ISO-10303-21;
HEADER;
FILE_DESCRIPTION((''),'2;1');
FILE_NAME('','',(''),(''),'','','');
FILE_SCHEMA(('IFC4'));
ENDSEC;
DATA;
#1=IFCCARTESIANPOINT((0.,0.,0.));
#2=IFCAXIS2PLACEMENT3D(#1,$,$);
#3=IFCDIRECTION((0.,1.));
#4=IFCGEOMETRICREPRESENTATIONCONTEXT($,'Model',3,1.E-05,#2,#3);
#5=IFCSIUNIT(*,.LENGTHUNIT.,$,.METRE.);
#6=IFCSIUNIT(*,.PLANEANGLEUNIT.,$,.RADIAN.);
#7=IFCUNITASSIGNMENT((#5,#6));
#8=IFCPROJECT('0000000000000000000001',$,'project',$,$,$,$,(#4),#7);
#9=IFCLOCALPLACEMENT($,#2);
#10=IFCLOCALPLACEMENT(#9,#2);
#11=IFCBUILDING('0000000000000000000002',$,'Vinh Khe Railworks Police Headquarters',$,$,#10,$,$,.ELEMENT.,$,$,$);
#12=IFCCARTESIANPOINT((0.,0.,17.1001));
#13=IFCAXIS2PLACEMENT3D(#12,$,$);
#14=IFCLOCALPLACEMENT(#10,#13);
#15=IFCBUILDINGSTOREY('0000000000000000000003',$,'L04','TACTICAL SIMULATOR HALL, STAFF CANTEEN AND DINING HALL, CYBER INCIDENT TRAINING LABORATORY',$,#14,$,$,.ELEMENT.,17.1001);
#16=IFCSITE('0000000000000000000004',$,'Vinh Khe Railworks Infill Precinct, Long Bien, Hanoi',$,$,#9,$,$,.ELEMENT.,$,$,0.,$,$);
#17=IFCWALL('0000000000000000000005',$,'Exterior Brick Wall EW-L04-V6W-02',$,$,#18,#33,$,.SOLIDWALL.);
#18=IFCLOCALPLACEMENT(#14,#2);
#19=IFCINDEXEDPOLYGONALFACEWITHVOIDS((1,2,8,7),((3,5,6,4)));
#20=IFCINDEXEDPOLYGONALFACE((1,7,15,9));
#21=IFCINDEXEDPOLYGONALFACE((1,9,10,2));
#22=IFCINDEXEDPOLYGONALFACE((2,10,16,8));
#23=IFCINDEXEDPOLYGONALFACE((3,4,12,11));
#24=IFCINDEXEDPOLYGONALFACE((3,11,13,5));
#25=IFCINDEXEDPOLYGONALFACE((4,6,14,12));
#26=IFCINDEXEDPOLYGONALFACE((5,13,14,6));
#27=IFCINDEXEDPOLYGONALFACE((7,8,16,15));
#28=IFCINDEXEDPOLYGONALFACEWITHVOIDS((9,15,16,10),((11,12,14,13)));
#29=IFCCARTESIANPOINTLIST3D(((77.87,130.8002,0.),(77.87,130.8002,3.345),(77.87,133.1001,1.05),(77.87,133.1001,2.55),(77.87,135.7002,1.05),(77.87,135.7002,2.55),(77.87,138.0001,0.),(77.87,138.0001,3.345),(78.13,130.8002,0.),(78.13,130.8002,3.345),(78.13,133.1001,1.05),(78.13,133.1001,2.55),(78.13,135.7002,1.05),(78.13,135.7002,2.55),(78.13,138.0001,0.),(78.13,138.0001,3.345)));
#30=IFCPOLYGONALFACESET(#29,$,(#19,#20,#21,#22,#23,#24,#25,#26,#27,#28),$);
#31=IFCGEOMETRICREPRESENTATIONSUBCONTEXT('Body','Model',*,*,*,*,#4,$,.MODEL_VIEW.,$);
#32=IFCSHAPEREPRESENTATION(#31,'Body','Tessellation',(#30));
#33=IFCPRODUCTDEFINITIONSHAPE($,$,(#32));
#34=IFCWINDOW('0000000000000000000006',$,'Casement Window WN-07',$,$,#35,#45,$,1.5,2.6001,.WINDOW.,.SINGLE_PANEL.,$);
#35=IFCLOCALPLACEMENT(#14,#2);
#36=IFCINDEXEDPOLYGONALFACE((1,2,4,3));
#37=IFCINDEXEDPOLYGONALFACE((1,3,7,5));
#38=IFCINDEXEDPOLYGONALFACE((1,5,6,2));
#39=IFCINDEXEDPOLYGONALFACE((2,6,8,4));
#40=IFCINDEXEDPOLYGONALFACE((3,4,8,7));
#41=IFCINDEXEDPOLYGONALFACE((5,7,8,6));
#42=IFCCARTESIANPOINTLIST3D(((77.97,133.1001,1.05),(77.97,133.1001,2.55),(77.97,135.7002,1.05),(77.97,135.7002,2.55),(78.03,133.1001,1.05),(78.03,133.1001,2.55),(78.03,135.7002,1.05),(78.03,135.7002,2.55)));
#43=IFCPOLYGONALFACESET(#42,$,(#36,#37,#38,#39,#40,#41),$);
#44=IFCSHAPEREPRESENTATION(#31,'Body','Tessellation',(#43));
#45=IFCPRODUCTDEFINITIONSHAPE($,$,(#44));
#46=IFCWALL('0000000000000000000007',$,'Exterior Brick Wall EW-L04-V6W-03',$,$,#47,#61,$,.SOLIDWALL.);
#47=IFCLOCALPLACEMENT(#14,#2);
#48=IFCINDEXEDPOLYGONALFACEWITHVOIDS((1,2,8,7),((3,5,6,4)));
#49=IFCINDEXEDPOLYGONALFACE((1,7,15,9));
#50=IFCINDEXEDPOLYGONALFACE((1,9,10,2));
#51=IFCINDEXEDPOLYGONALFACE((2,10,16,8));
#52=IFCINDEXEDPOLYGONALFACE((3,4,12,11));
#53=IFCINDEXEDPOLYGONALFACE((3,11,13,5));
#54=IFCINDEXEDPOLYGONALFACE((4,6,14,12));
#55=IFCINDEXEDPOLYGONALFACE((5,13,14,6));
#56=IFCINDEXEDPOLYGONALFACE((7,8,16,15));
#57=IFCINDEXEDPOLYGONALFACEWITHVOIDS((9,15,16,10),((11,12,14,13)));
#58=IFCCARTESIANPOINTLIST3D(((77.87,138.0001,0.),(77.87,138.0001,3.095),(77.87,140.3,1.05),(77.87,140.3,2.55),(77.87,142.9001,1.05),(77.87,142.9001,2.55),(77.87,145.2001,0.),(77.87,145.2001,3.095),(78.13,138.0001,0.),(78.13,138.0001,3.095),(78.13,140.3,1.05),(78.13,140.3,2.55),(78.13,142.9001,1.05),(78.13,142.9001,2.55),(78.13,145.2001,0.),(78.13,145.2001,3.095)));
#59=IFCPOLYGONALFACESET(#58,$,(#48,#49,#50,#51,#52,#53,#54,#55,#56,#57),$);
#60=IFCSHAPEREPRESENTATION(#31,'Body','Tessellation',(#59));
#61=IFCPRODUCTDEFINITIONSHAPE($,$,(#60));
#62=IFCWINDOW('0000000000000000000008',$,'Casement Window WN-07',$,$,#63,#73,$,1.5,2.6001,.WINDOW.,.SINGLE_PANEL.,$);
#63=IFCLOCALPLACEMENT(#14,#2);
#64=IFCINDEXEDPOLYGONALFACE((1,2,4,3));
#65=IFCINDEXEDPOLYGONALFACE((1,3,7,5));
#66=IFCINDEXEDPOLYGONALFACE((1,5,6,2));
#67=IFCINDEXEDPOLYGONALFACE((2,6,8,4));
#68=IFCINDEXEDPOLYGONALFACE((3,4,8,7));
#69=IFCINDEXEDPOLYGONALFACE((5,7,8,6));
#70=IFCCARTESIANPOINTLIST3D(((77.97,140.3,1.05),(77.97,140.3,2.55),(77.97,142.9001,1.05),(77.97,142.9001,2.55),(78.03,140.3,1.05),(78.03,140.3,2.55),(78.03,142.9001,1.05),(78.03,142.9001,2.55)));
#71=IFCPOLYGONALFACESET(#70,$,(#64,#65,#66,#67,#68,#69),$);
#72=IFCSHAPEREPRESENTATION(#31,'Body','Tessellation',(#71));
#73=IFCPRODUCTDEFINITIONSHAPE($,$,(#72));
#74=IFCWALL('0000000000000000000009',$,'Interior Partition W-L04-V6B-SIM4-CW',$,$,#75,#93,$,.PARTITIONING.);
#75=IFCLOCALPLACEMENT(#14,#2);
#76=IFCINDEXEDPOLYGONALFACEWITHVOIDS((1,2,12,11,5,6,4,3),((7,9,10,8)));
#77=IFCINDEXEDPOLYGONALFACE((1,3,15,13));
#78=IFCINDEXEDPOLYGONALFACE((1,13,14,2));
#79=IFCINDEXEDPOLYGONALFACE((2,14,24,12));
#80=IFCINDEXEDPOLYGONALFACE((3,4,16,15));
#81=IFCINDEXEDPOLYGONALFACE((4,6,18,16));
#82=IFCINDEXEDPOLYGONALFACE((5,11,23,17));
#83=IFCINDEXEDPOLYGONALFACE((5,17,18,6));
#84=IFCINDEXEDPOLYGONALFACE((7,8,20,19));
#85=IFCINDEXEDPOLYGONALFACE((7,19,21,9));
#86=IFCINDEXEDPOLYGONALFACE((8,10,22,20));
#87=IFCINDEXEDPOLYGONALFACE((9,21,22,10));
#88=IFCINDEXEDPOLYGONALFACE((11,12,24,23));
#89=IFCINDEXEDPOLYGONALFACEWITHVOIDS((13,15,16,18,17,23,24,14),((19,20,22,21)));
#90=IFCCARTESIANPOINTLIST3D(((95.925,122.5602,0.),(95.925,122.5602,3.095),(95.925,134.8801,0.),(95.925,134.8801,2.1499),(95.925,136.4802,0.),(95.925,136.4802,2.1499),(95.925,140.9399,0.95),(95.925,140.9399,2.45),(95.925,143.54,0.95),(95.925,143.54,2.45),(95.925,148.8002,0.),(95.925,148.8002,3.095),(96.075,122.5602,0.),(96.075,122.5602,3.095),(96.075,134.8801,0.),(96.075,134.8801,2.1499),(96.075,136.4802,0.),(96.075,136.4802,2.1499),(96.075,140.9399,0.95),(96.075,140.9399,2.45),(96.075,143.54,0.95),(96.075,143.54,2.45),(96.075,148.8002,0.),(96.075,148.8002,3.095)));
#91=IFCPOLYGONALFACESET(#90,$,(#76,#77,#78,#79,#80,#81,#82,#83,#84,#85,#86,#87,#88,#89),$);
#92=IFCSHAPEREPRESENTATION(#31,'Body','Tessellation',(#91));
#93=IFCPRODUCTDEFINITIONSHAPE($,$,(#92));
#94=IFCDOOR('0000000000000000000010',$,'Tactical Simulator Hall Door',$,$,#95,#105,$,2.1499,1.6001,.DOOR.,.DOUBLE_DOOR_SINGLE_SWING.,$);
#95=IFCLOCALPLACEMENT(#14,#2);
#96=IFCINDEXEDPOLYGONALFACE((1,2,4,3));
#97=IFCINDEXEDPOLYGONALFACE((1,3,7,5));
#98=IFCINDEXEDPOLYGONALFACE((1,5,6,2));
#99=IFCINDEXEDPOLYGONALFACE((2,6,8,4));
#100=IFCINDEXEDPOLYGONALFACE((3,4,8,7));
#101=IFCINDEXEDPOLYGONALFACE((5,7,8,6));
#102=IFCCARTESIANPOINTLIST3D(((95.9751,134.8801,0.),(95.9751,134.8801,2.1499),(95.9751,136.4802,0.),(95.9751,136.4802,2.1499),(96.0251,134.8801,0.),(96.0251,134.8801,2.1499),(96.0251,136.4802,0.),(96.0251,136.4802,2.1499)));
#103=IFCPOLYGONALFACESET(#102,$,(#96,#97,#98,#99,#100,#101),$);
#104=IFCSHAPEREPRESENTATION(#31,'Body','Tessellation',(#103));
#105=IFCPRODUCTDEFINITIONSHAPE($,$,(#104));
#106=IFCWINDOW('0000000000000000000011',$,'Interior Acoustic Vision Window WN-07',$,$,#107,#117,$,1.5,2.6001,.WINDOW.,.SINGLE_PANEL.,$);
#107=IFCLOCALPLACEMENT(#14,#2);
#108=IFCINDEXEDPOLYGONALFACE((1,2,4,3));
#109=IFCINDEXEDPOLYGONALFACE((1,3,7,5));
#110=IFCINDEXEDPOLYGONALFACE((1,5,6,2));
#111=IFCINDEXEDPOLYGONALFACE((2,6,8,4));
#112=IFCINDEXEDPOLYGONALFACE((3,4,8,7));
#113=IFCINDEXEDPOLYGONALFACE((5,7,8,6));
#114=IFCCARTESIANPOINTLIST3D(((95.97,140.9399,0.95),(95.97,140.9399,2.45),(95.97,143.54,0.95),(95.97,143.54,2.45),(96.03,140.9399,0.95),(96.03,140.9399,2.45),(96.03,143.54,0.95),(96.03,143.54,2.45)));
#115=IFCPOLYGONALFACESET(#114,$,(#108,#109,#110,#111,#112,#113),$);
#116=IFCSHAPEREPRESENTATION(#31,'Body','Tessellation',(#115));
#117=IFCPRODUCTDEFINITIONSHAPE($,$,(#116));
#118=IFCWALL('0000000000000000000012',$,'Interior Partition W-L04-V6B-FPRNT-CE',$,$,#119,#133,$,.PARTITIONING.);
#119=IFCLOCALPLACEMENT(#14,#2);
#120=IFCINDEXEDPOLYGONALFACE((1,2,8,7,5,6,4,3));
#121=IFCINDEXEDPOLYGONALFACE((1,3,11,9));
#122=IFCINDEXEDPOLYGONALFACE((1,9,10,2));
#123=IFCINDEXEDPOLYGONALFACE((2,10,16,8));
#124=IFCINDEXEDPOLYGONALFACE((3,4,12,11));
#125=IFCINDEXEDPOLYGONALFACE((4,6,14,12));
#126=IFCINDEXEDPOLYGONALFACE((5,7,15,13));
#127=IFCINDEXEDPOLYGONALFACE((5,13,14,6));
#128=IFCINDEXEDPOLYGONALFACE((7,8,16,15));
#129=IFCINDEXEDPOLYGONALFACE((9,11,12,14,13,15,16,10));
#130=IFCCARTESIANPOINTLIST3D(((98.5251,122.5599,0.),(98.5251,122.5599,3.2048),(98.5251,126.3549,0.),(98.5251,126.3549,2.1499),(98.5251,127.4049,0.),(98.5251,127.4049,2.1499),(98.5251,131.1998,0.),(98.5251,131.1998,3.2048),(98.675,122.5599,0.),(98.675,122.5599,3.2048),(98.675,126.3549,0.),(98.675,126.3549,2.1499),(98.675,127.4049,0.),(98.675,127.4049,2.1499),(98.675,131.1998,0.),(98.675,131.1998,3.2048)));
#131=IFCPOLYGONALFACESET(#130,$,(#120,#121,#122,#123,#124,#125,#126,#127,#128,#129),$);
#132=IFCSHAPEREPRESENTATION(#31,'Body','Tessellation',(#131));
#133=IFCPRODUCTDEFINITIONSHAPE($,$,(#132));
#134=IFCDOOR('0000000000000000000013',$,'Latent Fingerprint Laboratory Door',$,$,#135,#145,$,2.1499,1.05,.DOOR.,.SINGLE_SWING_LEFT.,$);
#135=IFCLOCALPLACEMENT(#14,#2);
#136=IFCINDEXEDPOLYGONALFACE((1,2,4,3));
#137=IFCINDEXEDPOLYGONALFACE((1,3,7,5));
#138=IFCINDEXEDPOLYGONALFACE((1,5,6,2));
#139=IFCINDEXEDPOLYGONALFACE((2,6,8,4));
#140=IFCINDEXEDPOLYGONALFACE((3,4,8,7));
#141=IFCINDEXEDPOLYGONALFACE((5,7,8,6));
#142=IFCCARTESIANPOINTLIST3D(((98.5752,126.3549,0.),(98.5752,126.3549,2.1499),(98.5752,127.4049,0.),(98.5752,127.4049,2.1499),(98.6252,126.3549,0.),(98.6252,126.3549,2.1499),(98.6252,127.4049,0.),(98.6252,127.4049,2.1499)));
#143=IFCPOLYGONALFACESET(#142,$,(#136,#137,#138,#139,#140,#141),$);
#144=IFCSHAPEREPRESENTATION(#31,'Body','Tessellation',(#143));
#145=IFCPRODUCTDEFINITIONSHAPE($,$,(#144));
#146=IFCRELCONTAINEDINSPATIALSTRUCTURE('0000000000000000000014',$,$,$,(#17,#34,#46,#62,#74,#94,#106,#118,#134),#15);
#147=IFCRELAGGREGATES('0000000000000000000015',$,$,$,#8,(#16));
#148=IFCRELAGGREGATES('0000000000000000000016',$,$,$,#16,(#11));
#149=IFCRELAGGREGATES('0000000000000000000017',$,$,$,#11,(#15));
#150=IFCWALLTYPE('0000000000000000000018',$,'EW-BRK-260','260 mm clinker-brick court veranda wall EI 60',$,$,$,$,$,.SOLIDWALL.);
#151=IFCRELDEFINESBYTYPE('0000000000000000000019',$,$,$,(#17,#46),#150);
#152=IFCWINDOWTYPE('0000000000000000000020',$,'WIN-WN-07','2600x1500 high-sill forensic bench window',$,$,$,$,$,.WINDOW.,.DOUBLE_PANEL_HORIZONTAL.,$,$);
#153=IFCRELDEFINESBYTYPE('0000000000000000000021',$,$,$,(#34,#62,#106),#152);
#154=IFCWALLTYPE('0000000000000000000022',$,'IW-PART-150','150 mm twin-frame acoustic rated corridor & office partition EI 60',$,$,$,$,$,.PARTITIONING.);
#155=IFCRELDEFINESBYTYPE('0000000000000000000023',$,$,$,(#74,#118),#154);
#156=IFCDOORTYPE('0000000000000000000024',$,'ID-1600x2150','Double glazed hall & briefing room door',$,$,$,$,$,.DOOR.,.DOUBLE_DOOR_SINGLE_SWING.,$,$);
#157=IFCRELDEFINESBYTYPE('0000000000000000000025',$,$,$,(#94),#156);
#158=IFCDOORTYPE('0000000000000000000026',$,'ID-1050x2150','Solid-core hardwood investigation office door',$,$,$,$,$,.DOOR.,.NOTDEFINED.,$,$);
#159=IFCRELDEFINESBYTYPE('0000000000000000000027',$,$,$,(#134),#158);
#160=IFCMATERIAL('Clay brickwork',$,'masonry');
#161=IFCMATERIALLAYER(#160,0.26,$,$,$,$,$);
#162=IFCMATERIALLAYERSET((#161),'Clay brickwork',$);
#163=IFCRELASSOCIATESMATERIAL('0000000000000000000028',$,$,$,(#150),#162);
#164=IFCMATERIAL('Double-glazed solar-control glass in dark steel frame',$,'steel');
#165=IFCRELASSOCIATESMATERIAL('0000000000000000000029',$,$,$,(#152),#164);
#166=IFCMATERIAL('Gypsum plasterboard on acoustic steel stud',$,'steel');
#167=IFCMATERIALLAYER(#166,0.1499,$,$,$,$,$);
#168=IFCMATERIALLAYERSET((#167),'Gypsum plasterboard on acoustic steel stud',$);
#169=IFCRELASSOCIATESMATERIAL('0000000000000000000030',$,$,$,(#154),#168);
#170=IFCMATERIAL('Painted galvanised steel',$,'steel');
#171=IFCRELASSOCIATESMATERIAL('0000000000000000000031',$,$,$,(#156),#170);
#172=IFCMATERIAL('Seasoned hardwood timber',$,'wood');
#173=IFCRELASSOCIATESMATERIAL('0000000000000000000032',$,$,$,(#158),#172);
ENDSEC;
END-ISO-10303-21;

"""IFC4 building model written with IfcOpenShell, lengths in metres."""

from ifc_helpers import new_model, si_unit, direction, frame, frame_2d, origin, place, context, subcontext, project, spatial, rectangle, extrude, material, layer, layer_set, type_object, element, fill, save


model = new_model("IFC4")

# Units and contexts
model_context = context("Model", 3, precision=1e-05, world=origin(), true_north=direction((0.0, 1.0)))
body_context = subcontext(model_context, "Body", "Model", "MODEL_VIEW")
ifc_project = project(units=[si_unit("LENGTHUNIT", "METRE"), si_unit("PLANEANGLEUNIT", "RADIAN")], contexts=[model_context])

# Site, building, storey
site_placement = place(None, origin())
site = spatial("IfcSite", under=ifc_project, at=site_placement, Name="Vinh Khe Railworks Infill Precinct, Long Bien, Hanoi", CompositionType="ELEMENT", RefElevation=0.0)
building_placement = place(site_placement, origin())
building = spatial("IfcBuilding", under=site, at=building_placement, Name="Vinh Khe Railworks Police Headquarters", CompositionType="ELEMENT")
storey_placement = place(building_placement, frame((0.0, 0.0, 17.1001)))
storey = spatial("IfcBuildingStorey", under=building, at=storey_placement, Name="L04", Description="TACTICAL SIMULATOR HALL, STAFF CANTEEN AND DINING HALL, CYBER INCIDENT TRAINING LABORATORY", CompositionType="ELEMENT", Elevation=17.1001)

# Walls, openings, windows
ifc_material_1 = material(Name="Clay brickwork", Category="masonry")
ifc_layer_1 = layer(ifc_material_1, 0.26)
ifc_layer_set_1 = layer_set([ifc_layer_1], Name="Clay brickwork")
wall_type_1 = type_object("IfcWallType", Name="EW-BRK-260", Description="260 mm clinker-brick court veranda wall EI 60", PredefinedType="SOLIDWALL", material=ifc_layer_set_1)
wall_1_placement = place(storey_placement, frame((78.0, 130.8, 0.0), z_axis=(0.0, 0.0, 1.0), x_axis=(0.0, 1.0, 0.0)))
wall_1 = element("IfcWall", 1, at=wall_1_placement, inside=storey, type_object=wall_type_1, Name="Exterior Brick Wall EW-L04-V6W-02", PredefinedType="SOLIDWALL", context=body_context, shape_type="SweptSolid", body=[
    extrude(rectangle(XDim=7.2, YDim=0.26, at=frame_2d((3.6001, 0.0))), origin(), (0.0, 0.0, 1.0), 3.345),
])
opening_1_placement = place(wall_1_placement, frame((2.3, 0.0, 1.05)))
opening_1 = element("IfcOpeningElement", 2, at=opening_1_placement, cuts=wall_1, PredefinedType="OPENING", context=body_context, shape_type="SweptSolid", body=[
    extrude(rectangle(XDim=2.6001, YDim=1.5, at=frame_2d((1.3, 0.75))), frame((0.0, 0.145, 0.0), z_axis=(0.0, -1.0, 0.0), x_axis=(1.0, 0.0, 0.0)), (0.0, 0.0, 1.0), 0.2898),
])
ifc_material_2 = material(Name="Double-glazed solar-control glass in dark steel frame", Category="steel")
window_type = type_object("IfcWindowType", Name="WIN-WN-07", Description="2600x1500 high-sill forensic bench window", PartitioningType="DOUBLE_PANEL_HORIZONTAL", PredefinedType="WINDOW", material=ifc_material_2)
window_1_placement = place(opening_1_placement, origin())
window_1 = element("IfcWindow", 3, at=window_1_placement, inside=storey, type_object=window_type, Name="Casement Window WN-07", OverallHeight=1.5, OverallWidth=2.6001, PartitioningType="SINGLE_PANEL", PredefinedType="WINDOW", context=body_context, shape_type="SweptSolid", body=[
    extrude(rectangle(XDim=2.6001, YDim=1.5, at=frame_2d((1.3, 0.75))), frame((0.0, 0.03, 0.0), z_axis=(0.0, -1.0, 0.0), x_axis=(1.0, 0.0, 0.0)), (0.0, 0.0, 1.0), 0.0601),
])
fill(opening_1, window_1)
wall_2_placement = place(storey_placement, frame((78.0, 138.0, 0.0), z_axis=(0.0, 0.0, 1.0), x_axis=(0.0, 1.0, 0.0)))
wall_2 = element("IfcWall", 4, at=wall_2_placement, inside=storey, type_object=wall_type_1, Name="Exterior Brick Wall EW-L04-V6W-03", PredefinedType="SOLIDWALL", context=body_context, shape_type="SweptSolid", body=[
    extrude(rectangle(XDim=7.2, YDim=0.26, at=frame_2d((3.6001, 0.0))), origin(), (0.0, 0.0, 1.0), 3.095),
])
opening_2_placement = place(wall_2_placement, frame((2.3, 0.0, 1.05)))
opening_2 = element("IfcOpeningElement", 5, at=opening_2_placement, cuts=wall_2, PredefinedType="OPENING", context=body_context, shape_type="SweptSolid", body=[
    extrude(rectangle(XDim=2.6001, YDim=1.5, at=frame_2d((1.3, 0.75))), frame((0.0, 0.145, 0.0), z_axis=(0.0, -1.0, 0.0), x_axis=(1.0, 0.0, 0.0)), (0.0, 0.0, 1.0), 0.2898),
])
window_2_placement = place(opening_2_placement, origin())
window_2 = element("IfcWindow", 6, at=window_2_placement, inside=storey, type_object=window_type, Name="Casement Window WN-07", OverallHeight=1.5, OverallWidth=2.6001, PartitioningType="SINGLE_PANEL", PredefinedType="WINDOW", context=body_context, shape_type="SweptSolid", body=[
    extrude(rectangle(XDim=2.6001, YDim=1.5, at=frame_2d((1.3, 0.75))), frame((0.0, 0.03, 0.0), z_axis=(0.0, -1.0, 0.0), x_axis=(1.0, 0.0, 0.0)), (0.0, 0.0, 1.0), 0.0601),
])
fill(opening_2, window_2)

# Wall, openings, door, window
ifc_material_3 = material(Name="Gypsum plasterboard on acoustic steel stud", Category="steel")
ifc_layer_2 = layer(ifc_material_3, 0.1499)
ifc_layer_set_2 = layer_set([ifc_layer_2], Name="Gypsum plasterboard on acoustic steel stud")
wall_type_2 = type_object("IfcWallType", Name="IW-PART-150", Description="150 mm twin-frame acoustic rated corridor & office partition EI 60", PredefinedType="PARTITIONING", material=ifc_layer_set_2)
wall_3_placement = place(storey_placement, frame((96.0, 122.5601, 0.0), z_axis=(0.0, 0.0, 1.0), x_axis=(0.0, 1.0, 0.0)))
wall_3 = element("IfcWall", 7, at=wall_3_placement, inside=storey, type_object=wall_type_2, Name="Interior Partition W-L04-V6B-SIM4-CW", PredefinedType="PARTITIONING", context=body_context, shape_type="SweptSolid", body=[
    extrude(rectangle(XDim=26.24, YDim=0.1499, at=frame_2d((13.1201, 0.0))), origin(), (0.0, 0.0, 1.0), 3.095),
])
opening_3_placement = place(wall_3_placement, frame((12.3201, 0.0, 0.0)))
opening_3 = element("IfcOpeningElement", 8, at=opening_3_placement, cuts=wall_3, PredefinedType="OPENING", context=body_context, shape_type="SweptSolid", body=[
    extrude(rectangle(XDim=1.6001, YDim=2.1499, at=frame_2d((0.8, 1.075))), frame((0.0, 0.0898, 0.0), z_axis=(0.0, -1.0, 0.0), x_axis=(1.0, 0.0, 0.0)), (0.0, 0.0, 1.0), 0.1797),
])
opening_4_placement = place(wall_3_placement, frame((18.3799, 0.0, 0.95)))
opening_4 = element("IfcOpeningElement", 9, at=opening_4_placement, cuts=wall_3, PredefinedType="OPENING", context=body_context, shape_type="SweptSolid", body=[
    extrude(rectangle(XDim=2.6001, YDim=1.5, at=frame_2d((1.3, 0.75))), frame((0.0, 0.0898, 0.0), z_axis=(0.0, -1.0, 0.0), x_axis=(1.0, 0.0, 0.0)), (0.0, 0.0, 1.0), 0.1797),
])
ifc_material_4 = material(Name="Painted galvanised steel", Category="steel")
door_type_1 = type_object("IfcDoorType", Name="ID-1600x2150", Description="Double glazed hall & briefing room door", OperationType="DOUBLE_DOOR_SINGLE_SWING", PredefinedType="DOOR", material=ifc_material_4)
door_1_placement = place(opening_3_placement, origin())
door_1 = element("IfcDoor", 10, at=door_1_placement, inside=storey, type_object=door_type_1, Name="Tactical Simulator Hall Door", OperationType="DOUBLE_DOOR_SINGLE_SWING", OverallHeight=2.1499, OverallWidth=1.6001, PredefinedType="DOOR", context=body_context, shape_type="SweptSolid", body=[
    extrude(rectangle(XDim=1.6001, YDim=2.1499, at=frame_2d((0.8, 1.075))), frame((0.0, 0.0249, 0.0), z_axis=(0.0, -1.0, 0.0), x_axis=(1.0, 0.0, 0.0)), (0.0, 0.0, 1.0), 0.05),
])
fill(opening_3, door_1)
window_3_placement = place(opening_4_placement, origin())
window_3 = element("IfcWindow", 11, at=window_3_placement, inside=storey, type_object=window_type, Name="Interior Acoustic Vision Window WN-07", OverallHeight=1.5, OverallWidth=2.6001, PartitioningType="SINGLE_PANEL", PredefinedType="WINDOW", context=body_context, shape_type="SweptSolid", body=[
    extrude(rectangle(XDim=2.6001, YDim=1.5, at=frame_2d((1.3, 0.75))), frame((0.0, 0.03, 0.0), z_axis=(0.0, -1.0, 0.0), x_axis=(1.0, 0.0, 0.0)), (0.0, 0.0, 1.0), 0.0601),
])
fill(opening_4, window_3)

# Wall, opening, door
wall_4_placement = place(storey_placement, frame((98.6001, 122.5601, 0.0), z_axis=(0.0, 0.0, 1.0), x_axis=(0.0, 1.0, 0.0)))
wall_4 = element("IfcWall", 12, at=wall_4_placement, inside=storey, type_object=wall_type_2, Name="Interior Partition W-L04-V6B-FPRNT-CE", PredefinedType="PARTITIONING", context=body_context, shape_type="SweptSolid", body=[
    extrude(rectangle(XDim=8.6399, YDim=0.1499, at=frame_2d((4.3198, 0.0))), origin(), (0.0, 0.0, 1.0), 3.2048),
])
opening_5_placement = place(wall_4_placement, frame((3.7949, 0.0, 0.0)))
opening_5 = element("IfcOpeningElement", 13, at=opening_5_placement, cuts=wall_4, PredefinedType="OPENING", context=body_context, shape_type="SweptSolid", body=[
    extrude(rectangle(XDim=1.05, YDim=2.1499, at=frame_2d((0.5249, 1.075))), frame((0.0, 0.0898, 0.0), z_axis=(0.0, -1.0, 0.0), x_axis=(1.0, 0.0, 0.0)), (0.0, 0.0, 1.0), 0.1797),
])
ifc_material_5 = material(Name="Seasoned hardwood timber", Category="wood")
door_type_2 = type_object("IfcDoorType", Name="ID-1050x2150", Description="Solid-core hardwood investigation office door", OperationType="NOTDEFINED", PredefinedType="DOOR", material=ifc_material_5)
door_2_placement = place(opening_5_placement, origin())
door_2 = element("IfcDoor", 14, at=door_2_placement, inside=storey, type_object=door_type_2, Name="Latent Fingerprint Laboratory Door", OperationType="SINGLE_SWING_LEFT", OverallHeight=2.1499, OverallWidth=1.05, PredefinedType="DOOR", context=body_context, shape_type="SweptSolid", body=[
    extrude(rectangle(XDim=1.05, YDim=2.1499, at=frame_2d((0.5249, 1.075))), frame((0.0, 0.0249, 0.0), z_axis=(0.0, -1.0, 0.0), x_axis=(1.0, 0.0, 0.0)), (0.0, 0.0, 1.0), 0.05),
])
fill(opening_5, door_2)

save(model, "model.ifc")
